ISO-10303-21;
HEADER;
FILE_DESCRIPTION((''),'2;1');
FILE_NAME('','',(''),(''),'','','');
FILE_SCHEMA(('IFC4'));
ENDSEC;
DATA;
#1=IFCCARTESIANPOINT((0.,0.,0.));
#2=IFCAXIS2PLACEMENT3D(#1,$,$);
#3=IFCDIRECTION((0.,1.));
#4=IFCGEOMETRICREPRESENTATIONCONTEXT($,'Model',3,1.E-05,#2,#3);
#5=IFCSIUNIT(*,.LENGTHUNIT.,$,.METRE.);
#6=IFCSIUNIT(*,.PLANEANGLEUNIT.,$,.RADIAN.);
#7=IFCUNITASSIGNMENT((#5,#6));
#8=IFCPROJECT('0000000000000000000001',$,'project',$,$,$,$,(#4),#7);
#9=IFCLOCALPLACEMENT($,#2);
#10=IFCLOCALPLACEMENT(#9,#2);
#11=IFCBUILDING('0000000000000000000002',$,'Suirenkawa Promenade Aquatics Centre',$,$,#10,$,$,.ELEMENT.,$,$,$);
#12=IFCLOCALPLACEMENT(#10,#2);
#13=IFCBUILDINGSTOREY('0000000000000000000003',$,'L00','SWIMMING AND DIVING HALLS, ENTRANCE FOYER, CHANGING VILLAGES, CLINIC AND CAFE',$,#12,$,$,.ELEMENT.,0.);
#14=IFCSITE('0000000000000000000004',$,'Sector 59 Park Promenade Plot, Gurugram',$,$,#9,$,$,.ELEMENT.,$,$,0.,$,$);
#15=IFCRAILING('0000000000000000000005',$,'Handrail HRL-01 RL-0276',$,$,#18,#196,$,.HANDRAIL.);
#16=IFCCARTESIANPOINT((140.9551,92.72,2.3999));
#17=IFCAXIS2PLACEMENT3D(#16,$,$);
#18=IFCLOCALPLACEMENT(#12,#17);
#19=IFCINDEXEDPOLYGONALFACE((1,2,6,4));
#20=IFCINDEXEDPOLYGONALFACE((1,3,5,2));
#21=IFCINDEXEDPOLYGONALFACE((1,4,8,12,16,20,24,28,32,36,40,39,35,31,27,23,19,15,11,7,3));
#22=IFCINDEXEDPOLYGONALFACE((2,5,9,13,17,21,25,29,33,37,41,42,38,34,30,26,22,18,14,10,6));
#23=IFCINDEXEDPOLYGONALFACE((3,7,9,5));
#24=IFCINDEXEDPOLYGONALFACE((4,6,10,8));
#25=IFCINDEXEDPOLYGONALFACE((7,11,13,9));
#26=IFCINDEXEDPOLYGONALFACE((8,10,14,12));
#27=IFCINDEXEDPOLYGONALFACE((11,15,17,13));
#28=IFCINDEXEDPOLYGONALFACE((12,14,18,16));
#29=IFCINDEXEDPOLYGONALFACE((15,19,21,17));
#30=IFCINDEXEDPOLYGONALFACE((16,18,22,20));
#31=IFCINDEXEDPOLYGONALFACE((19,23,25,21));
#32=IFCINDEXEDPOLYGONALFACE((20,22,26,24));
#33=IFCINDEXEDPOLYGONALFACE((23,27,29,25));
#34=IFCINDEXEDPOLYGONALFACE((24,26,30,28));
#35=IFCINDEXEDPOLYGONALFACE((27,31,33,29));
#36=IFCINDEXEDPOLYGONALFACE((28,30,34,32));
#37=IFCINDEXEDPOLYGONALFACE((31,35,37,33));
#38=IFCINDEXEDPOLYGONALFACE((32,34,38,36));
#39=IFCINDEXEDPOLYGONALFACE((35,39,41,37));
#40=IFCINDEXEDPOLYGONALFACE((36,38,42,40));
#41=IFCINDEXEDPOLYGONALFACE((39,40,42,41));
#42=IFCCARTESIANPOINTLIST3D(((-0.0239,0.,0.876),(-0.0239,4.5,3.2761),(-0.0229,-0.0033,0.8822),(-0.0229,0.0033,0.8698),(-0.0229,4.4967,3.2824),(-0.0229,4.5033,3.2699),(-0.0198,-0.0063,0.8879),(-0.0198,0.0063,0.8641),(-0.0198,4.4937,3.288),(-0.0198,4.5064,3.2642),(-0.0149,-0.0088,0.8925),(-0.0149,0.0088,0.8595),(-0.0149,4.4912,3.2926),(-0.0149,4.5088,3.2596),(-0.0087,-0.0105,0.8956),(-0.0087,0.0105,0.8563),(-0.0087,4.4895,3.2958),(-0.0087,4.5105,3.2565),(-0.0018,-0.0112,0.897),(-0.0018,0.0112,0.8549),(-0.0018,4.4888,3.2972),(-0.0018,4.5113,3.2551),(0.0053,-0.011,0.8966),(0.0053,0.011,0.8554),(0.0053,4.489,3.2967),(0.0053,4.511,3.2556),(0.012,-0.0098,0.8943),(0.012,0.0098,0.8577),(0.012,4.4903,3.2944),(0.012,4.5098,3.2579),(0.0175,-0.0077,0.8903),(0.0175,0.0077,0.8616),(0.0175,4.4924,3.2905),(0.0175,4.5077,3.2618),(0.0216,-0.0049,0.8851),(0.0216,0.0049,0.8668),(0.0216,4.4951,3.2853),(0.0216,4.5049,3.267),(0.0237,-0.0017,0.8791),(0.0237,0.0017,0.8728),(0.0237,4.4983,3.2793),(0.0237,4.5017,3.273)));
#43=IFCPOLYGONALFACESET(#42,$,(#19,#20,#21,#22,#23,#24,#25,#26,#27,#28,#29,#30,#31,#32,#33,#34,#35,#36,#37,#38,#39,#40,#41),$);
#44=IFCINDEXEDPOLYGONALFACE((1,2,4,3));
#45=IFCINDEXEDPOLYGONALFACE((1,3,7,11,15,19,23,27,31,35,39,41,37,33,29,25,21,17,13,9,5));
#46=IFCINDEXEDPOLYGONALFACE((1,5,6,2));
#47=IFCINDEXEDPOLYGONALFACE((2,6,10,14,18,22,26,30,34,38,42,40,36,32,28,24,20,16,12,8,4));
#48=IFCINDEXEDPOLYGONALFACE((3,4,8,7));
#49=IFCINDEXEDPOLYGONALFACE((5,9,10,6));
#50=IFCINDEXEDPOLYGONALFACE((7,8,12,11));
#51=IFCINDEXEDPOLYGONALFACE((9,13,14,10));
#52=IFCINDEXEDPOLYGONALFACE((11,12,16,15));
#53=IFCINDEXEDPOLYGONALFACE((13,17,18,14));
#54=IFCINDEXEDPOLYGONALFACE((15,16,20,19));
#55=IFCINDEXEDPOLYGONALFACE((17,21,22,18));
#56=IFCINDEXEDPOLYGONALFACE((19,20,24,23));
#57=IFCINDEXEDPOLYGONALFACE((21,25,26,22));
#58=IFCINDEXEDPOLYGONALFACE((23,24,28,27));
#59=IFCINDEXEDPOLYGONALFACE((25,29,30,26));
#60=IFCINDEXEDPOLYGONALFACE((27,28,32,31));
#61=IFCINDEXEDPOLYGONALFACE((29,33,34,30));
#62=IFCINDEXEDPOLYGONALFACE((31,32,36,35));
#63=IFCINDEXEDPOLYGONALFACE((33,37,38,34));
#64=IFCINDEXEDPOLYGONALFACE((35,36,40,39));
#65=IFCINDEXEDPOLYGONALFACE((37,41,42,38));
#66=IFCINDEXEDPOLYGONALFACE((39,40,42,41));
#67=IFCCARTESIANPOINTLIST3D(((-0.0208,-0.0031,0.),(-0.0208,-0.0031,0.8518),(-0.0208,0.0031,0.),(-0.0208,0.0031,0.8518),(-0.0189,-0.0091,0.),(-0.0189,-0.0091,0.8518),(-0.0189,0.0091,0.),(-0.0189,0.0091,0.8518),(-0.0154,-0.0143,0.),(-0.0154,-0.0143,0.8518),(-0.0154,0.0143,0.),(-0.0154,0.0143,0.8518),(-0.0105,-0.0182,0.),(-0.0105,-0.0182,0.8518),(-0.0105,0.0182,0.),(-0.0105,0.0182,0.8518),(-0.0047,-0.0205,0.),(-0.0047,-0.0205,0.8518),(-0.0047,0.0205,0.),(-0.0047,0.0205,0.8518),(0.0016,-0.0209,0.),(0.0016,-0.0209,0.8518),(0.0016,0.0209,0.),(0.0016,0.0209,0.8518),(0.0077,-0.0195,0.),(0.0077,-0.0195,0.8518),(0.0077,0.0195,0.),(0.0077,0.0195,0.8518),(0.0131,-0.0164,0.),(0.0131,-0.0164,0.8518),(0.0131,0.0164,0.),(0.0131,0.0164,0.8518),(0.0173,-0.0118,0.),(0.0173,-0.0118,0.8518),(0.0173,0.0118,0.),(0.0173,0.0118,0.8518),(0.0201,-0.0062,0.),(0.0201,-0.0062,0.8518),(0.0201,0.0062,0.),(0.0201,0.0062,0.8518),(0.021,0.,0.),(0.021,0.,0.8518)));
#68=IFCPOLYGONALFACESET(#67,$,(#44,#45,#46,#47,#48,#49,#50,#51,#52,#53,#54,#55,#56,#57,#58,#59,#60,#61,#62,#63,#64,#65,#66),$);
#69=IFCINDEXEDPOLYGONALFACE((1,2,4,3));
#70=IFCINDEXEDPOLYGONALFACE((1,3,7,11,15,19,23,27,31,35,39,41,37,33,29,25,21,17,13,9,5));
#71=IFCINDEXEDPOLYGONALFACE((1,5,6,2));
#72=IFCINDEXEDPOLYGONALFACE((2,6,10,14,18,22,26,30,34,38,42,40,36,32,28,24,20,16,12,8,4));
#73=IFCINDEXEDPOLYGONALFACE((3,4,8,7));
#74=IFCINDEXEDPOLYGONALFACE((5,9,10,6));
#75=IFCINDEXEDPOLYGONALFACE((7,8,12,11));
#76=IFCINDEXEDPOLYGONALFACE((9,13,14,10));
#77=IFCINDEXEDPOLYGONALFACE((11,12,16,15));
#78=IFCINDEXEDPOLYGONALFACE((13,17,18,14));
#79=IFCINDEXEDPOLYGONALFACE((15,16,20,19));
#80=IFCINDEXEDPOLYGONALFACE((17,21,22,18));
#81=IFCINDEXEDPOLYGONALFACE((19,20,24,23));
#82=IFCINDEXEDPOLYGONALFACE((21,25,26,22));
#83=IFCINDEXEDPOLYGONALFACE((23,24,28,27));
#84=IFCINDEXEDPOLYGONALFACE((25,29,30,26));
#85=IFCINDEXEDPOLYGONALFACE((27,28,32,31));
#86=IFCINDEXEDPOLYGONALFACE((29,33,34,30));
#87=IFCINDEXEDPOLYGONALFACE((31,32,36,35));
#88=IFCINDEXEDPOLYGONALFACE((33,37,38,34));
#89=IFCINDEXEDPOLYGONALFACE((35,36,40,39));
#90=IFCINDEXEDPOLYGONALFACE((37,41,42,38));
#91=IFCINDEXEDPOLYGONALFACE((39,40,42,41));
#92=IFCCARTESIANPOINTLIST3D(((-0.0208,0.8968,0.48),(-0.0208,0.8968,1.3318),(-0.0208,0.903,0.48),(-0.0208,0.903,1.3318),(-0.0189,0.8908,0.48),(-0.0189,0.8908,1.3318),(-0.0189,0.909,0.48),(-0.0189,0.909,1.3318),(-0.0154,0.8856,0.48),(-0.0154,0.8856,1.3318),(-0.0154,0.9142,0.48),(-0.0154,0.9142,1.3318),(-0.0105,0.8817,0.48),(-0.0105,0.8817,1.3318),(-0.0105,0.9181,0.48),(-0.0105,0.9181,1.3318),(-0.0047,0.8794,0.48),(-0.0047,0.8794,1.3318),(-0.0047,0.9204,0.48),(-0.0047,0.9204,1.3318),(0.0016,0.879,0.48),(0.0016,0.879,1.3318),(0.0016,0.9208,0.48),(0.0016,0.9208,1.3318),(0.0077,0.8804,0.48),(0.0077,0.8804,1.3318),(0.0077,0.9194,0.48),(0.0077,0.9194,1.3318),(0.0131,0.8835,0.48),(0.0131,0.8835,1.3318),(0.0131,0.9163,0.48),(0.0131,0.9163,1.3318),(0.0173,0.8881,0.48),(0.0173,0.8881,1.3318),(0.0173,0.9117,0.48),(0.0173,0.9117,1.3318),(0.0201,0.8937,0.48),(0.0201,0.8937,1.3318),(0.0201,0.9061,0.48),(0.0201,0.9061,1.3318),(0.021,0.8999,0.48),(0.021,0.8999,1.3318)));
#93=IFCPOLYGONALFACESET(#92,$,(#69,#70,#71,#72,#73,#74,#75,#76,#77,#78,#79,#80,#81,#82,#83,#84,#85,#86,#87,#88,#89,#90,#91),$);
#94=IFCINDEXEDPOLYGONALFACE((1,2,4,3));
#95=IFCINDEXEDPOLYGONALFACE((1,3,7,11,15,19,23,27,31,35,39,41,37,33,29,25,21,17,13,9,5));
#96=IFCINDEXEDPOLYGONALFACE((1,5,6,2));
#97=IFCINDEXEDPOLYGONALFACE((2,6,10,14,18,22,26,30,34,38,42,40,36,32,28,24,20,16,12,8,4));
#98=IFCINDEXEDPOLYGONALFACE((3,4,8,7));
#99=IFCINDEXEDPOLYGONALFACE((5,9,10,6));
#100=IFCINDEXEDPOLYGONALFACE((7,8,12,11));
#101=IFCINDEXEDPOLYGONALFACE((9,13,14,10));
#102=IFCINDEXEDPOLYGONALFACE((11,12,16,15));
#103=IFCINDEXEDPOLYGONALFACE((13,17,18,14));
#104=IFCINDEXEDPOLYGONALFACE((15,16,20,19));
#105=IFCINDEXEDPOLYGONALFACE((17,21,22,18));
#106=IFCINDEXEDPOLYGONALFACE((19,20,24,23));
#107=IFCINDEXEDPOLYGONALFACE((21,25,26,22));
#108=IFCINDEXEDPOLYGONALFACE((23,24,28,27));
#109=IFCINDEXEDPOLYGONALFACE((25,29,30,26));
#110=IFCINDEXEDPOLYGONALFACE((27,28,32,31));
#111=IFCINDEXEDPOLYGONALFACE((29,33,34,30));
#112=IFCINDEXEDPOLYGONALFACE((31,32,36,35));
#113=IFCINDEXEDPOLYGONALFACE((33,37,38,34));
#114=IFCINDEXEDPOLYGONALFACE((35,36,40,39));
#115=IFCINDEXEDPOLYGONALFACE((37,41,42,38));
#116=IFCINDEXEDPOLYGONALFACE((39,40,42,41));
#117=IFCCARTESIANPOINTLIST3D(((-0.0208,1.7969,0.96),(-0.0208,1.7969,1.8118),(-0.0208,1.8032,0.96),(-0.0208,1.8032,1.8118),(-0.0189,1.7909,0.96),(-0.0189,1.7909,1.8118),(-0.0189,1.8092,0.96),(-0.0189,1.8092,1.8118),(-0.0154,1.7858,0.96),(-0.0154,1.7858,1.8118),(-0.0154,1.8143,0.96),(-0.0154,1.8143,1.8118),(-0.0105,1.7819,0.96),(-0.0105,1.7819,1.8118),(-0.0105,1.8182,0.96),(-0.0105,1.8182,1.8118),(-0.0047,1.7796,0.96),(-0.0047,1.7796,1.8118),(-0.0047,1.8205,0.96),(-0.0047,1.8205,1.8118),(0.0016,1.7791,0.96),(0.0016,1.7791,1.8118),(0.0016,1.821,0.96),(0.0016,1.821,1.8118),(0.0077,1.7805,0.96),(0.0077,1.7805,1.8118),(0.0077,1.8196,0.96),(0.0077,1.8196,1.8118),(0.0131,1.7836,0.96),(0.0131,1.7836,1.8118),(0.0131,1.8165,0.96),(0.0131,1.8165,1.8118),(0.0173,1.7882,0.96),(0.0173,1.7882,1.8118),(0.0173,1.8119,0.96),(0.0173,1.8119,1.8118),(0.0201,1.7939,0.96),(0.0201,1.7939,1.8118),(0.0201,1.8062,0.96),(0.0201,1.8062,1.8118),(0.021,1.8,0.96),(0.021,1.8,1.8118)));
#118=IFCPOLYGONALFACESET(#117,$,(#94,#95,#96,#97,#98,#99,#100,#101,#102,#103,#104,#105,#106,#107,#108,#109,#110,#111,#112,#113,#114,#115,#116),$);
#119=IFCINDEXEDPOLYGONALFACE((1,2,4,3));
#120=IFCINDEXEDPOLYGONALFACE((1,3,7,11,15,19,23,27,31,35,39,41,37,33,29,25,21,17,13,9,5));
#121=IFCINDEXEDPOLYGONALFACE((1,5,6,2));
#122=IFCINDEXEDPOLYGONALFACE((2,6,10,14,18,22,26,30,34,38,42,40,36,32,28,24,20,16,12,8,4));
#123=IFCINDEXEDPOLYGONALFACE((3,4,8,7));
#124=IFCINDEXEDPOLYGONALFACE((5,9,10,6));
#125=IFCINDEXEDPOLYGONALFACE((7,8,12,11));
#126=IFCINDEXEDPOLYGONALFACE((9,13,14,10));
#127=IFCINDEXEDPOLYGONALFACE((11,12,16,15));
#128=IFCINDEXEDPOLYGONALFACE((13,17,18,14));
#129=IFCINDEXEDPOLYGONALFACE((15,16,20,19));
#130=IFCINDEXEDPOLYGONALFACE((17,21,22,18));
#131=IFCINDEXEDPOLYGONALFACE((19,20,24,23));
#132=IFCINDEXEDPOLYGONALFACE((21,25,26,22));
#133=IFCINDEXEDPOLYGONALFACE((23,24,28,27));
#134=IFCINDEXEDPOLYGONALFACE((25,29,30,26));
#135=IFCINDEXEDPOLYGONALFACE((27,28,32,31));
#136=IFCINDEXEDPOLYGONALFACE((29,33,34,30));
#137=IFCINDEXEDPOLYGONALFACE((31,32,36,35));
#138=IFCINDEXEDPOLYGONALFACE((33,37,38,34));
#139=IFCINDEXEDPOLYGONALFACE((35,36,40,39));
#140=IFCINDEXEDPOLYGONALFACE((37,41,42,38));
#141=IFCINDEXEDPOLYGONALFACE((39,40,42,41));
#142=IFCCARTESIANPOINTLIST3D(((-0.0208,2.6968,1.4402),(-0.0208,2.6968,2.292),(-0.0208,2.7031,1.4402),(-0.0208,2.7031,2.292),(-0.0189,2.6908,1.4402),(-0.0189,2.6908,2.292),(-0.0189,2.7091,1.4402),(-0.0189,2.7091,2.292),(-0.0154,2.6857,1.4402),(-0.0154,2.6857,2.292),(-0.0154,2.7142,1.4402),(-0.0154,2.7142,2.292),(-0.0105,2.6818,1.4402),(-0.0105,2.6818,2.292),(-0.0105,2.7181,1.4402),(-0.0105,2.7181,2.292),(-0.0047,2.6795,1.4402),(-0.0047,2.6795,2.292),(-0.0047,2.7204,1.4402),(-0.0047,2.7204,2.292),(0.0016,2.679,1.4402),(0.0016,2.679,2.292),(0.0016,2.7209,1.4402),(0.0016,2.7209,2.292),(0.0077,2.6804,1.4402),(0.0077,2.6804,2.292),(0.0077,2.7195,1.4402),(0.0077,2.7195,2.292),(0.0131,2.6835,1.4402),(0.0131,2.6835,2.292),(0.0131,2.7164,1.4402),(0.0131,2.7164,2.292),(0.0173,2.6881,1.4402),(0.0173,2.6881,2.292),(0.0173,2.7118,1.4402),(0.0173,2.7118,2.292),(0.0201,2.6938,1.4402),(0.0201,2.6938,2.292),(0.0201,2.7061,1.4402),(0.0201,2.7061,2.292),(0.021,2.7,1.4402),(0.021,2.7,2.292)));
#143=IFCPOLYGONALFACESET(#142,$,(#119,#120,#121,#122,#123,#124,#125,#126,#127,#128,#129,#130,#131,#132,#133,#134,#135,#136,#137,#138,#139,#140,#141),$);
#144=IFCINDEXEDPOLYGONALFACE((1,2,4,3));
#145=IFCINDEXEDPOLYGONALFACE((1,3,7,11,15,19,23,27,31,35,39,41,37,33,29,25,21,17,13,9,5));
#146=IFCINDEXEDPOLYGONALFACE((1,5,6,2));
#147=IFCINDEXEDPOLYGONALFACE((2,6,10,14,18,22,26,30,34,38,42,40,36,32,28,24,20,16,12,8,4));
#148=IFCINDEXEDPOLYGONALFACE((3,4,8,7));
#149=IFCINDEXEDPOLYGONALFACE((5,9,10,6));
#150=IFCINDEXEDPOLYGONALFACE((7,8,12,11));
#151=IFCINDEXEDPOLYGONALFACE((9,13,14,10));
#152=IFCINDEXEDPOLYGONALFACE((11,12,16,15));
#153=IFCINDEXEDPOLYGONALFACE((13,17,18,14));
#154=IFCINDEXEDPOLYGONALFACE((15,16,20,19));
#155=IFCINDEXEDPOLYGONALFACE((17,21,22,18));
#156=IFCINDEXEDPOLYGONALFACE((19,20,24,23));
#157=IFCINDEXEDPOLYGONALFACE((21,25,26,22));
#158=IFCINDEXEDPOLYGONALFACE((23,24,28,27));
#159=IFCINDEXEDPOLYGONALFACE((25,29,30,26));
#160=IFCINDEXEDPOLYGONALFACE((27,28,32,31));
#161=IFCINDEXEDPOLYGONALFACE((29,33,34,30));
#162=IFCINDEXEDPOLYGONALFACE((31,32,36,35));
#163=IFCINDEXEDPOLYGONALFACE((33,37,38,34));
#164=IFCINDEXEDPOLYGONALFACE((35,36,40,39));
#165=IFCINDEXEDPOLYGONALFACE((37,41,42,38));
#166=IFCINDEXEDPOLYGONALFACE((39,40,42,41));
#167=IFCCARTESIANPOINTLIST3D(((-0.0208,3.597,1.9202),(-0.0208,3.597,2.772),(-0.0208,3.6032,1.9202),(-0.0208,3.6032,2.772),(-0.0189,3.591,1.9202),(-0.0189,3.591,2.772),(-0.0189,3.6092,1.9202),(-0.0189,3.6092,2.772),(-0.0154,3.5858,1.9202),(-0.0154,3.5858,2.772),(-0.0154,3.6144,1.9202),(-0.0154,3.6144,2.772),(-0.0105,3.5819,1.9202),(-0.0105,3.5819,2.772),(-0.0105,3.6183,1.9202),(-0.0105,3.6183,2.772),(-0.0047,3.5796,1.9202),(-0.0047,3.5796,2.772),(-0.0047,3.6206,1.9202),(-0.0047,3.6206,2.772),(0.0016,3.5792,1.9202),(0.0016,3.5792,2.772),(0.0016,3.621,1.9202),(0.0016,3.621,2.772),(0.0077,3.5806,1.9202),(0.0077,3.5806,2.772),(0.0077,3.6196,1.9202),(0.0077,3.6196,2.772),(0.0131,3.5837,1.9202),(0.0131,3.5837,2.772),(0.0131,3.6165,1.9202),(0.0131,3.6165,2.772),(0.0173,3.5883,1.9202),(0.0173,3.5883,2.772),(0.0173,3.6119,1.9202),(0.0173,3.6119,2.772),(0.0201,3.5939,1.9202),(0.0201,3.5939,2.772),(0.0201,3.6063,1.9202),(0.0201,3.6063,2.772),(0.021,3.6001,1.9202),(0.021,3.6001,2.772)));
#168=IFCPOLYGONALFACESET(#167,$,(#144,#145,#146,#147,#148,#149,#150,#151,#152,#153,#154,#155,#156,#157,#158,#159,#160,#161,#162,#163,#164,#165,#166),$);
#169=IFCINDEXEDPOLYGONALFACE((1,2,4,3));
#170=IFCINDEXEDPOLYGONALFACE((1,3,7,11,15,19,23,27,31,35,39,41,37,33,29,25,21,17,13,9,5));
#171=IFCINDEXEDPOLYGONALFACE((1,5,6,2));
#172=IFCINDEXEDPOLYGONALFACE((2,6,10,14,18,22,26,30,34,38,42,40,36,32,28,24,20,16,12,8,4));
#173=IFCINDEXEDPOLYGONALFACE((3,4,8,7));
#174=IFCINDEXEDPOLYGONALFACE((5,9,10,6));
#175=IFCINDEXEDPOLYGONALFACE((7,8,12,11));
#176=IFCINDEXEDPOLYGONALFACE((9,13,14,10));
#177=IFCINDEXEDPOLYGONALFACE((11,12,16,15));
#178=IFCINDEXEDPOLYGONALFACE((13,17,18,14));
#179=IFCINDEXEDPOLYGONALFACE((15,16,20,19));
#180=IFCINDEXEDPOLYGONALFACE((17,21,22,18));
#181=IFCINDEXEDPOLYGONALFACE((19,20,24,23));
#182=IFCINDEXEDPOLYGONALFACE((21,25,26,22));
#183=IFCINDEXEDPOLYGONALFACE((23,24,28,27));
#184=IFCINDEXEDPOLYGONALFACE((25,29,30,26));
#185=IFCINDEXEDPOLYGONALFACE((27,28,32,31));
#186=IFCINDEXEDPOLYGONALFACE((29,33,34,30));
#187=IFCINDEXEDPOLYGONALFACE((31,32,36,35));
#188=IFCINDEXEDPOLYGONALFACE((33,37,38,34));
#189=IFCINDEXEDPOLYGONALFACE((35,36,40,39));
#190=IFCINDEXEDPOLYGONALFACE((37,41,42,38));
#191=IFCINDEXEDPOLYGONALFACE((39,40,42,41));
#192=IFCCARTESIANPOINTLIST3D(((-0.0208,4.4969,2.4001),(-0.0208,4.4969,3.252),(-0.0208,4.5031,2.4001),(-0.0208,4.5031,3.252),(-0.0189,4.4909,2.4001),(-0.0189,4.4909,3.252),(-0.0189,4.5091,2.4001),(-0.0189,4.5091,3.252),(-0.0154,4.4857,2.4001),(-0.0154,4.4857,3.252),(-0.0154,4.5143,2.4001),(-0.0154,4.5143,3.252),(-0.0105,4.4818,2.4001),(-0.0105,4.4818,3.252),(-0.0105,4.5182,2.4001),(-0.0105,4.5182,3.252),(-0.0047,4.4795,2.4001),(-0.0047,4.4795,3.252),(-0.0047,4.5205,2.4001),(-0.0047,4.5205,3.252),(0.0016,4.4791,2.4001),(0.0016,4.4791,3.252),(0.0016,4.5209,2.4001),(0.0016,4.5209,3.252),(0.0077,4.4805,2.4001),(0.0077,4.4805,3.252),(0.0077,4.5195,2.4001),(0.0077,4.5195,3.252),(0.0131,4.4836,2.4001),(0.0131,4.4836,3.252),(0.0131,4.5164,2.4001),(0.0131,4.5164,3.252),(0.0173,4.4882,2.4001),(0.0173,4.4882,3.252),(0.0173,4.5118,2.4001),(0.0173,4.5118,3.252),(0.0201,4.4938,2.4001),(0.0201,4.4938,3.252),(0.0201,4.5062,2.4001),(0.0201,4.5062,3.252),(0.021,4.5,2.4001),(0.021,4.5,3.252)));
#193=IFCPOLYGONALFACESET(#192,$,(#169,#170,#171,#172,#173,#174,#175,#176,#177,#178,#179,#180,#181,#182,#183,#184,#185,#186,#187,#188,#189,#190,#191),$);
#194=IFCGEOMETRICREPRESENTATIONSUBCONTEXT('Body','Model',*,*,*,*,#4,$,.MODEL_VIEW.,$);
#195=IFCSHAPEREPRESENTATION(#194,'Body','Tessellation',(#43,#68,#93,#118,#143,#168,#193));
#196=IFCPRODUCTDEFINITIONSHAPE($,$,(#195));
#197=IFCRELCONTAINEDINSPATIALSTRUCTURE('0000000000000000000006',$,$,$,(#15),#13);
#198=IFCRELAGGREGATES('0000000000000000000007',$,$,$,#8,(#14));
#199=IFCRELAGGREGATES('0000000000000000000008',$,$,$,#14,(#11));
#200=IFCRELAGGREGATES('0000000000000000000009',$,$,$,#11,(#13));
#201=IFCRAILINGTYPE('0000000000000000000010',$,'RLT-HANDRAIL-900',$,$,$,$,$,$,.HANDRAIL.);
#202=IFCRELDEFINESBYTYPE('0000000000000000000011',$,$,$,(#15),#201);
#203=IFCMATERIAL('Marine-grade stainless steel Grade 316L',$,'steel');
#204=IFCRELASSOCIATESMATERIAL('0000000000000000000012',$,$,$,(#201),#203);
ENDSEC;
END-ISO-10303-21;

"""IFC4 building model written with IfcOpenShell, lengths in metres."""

from ifc_helpers import new_model, si_unit, direction, frame, origin, origin_2d, place, context, subcontext, project, spatial, circle, extrude, material, type_object, element, save


model = new_model("IFC4")

# Units and contexts
model_context = context("Model", 3, precision=1e-05, world=origin(), true_north=direction((0.0, 1.0)))
body_context = subcontext(model_context, "Body", "Model", "MODEL_VIEW")
ifc_project = project(units=[si_unit("LENGTHUNIT", "METRE"), si_unit("PLANEANGLEUNIT", "RADIAN")], contexts=[model_context])

# Site, building, storey
site_placement = place(None, origin())
site = spatial("IfcSite", under=ifc_project, at=site_placement, Name="Sector 59 Park Promenade Plot, Gurugram", CompositionType="ELEMENT", RefElevation=0.0)
building_placement = place(site_placement, origin())
building = spatial("IfcBuilding", under=site, at=building_placement, Name="Suirenkawa Promenade Aquatics Centre", CompositionType="ELEMENT")
storey_placement = place(building_placement, origin())
storey = spatial("IfcBuildingStorey", under=building, at=storey_placement, Name="L00", Description="SWIMMING AND DIVING HALLS, ENTRANCE FOYER, CHANGING VILLAGES, CLINIC AND CAFE", CompositionType="ELEMENT", Elevation=0.0)

# Railing
ifc_material_1 = material(Name="Marine-grade stainless steel Grade 316L", Category="steel")
railing_type_1 = type_object("IfcRailingType", Name="RLT-HANDRAIL-900", PredefinedType="HANDRAIL", material=ifc_material_1)
for number, where, name in (
    (1, (140.9551, 92.72, 2.3999), "Handrail HRL-01 RL-0276"),
):
    element("IfcRailing", number, at=place(storey_placement, frame(where)), inside=storey, type_object=railing_type_1, Name=name, PredefinedType="HANDRAIL", context=body_context, shape_type="SweptSolid", body=[
        extrude(circle(Radius=0.0239, at=origin_2d()), frame((0.0, 0.0, 0.876), z_axis=(0.0, 0.882341, 0.470611), x_axis=(-1.0, 0.0, 0.0)), (0.0, 0.0, 1.0), 5.1001),
        extrude(circle(Radius=0.021, at=origin_2d()), origin(), (0.0, 0.0, 1.0), 0.8518),
        extrude(circle(Radius=0.021, at=origin_2d()), frame((0.0, 0.8999, 0.48)), (0.0, 0.0, 1.0), 0.8518),
        extrude(circle(Radius=0.021, at=origin_2d()), frame((0.0, 1.8, 0.96)), (0.0, 0.0, 1.0), 0.8518),
        extrude(circle(Radius=0.021, at=origin_2d()), frame((0.0, 2.7, 1.4402)), (0.0, 0.0, 1.0), 0.8518),
        extrude(circle(Radius=0.021, at=origin_2d()), frame((0.0, 3.6001, 1.9202)), (0.0, 0.0, 1.0), 0.8518),
        extrude(circle(Radius=0.021, at=origin_2d()), frame((0.0, 4.5, 2.4001)), (0.0, 0.0, 1.0), 0.8518),
    ])

save(model, "model.ifc")
